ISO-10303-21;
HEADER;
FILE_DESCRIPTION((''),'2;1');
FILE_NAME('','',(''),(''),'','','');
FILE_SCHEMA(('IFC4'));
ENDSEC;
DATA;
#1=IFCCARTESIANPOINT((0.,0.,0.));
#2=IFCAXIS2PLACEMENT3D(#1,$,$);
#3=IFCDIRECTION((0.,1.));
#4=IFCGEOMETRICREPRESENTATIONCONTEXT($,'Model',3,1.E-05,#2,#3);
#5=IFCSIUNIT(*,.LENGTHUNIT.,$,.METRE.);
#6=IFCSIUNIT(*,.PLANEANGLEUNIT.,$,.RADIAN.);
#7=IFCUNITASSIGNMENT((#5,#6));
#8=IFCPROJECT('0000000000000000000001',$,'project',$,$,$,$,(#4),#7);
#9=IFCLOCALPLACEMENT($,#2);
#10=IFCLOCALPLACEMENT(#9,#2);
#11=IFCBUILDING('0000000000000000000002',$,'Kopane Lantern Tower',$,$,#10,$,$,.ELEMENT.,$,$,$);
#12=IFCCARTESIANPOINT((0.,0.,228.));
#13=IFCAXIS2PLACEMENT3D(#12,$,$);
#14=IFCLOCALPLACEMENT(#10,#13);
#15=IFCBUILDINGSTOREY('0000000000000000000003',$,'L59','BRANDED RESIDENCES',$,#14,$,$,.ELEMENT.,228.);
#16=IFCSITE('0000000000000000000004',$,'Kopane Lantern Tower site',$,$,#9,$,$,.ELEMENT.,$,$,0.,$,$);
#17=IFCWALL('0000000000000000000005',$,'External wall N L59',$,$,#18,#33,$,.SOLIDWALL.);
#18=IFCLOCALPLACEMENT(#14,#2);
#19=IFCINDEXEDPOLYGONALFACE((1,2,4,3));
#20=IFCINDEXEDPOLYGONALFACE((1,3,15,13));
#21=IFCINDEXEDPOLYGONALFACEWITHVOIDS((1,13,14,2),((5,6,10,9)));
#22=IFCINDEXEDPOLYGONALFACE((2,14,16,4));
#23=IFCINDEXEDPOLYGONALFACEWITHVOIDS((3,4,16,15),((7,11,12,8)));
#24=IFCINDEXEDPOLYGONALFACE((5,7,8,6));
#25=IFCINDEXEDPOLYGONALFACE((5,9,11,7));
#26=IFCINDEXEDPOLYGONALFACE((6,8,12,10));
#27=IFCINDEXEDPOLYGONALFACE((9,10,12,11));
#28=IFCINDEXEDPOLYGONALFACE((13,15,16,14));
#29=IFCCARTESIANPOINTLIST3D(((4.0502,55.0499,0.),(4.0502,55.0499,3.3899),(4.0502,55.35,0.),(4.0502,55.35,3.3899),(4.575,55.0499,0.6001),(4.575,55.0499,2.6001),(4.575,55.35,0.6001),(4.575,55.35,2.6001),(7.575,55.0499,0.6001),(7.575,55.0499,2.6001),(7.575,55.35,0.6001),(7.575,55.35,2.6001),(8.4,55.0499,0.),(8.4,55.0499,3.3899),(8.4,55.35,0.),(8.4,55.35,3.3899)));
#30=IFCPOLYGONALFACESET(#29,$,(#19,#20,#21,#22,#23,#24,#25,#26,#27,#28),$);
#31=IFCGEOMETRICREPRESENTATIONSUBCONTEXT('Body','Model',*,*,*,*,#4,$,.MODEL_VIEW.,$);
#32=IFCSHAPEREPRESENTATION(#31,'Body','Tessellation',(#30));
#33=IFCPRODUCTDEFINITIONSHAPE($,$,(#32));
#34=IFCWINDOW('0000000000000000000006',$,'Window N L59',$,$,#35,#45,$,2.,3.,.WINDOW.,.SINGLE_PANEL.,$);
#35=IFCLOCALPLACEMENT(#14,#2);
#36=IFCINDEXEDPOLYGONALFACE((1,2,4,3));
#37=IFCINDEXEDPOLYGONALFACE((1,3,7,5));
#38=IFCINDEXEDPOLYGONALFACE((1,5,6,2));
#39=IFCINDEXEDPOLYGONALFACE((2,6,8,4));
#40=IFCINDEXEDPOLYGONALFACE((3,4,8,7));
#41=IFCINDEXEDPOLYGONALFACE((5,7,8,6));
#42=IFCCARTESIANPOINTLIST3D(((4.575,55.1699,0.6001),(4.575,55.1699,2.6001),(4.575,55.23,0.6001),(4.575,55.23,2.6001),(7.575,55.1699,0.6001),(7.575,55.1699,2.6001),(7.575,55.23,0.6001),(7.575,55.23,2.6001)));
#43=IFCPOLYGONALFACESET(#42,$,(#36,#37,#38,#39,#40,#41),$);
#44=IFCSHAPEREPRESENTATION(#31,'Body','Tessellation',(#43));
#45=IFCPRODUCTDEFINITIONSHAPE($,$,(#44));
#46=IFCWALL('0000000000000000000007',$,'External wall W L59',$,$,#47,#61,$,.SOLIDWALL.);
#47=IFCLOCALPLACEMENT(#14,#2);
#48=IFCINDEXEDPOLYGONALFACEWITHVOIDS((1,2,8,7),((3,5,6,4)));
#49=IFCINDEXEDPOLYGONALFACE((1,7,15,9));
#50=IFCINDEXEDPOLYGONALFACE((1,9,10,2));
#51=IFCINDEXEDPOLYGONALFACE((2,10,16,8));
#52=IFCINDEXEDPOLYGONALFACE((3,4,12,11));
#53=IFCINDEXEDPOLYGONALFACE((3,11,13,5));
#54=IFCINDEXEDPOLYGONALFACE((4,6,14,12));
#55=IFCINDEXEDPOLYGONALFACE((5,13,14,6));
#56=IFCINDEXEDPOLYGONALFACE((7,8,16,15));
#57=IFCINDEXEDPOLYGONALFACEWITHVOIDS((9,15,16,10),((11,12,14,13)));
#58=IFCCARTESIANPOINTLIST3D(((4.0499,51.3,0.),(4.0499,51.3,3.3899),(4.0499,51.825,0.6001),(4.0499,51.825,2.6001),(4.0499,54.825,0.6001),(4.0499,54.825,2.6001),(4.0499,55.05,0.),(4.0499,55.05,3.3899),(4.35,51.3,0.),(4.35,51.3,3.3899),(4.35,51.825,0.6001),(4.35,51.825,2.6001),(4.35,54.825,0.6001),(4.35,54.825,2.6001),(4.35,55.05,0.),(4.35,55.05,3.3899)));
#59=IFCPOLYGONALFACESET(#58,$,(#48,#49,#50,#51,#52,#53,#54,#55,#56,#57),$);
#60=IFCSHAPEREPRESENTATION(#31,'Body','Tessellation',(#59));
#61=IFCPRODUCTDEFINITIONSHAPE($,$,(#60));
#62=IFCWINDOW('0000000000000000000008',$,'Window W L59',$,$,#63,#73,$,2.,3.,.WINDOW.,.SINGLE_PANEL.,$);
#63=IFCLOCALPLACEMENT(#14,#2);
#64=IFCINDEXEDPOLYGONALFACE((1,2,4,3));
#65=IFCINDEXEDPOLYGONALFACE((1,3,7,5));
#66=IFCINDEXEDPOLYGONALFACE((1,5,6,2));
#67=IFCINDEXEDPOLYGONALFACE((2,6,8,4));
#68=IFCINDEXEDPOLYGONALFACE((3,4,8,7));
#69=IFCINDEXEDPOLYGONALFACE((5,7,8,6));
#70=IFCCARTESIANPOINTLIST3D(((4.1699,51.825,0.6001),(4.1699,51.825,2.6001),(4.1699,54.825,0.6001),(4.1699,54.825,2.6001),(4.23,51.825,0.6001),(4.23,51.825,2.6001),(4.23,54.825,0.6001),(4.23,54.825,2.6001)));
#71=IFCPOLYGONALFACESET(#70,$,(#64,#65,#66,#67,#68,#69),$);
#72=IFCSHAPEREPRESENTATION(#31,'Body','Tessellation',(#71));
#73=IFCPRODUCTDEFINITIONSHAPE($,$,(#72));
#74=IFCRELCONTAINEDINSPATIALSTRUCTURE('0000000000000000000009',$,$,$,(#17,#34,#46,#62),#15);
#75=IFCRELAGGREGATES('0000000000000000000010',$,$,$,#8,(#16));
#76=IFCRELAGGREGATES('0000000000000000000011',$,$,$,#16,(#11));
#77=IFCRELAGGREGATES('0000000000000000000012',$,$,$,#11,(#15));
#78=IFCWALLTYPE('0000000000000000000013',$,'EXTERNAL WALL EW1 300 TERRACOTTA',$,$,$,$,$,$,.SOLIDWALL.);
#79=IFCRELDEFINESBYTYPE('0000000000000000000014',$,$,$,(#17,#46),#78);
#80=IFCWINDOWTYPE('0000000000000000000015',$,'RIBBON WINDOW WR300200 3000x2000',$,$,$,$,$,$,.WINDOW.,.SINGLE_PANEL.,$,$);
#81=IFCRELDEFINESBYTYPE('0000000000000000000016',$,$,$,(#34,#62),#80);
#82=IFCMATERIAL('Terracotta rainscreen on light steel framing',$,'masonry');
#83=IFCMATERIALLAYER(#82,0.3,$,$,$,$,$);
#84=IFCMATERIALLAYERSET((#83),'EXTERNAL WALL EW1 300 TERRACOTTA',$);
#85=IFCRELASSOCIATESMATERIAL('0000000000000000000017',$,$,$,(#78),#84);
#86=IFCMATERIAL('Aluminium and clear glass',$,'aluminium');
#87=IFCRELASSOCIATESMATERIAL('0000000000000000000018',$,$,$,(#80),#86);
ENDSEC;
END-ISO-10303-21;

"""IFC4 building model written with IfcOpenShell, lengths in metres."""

from ifc_helpers import new_model, si_unit, direction, frame, frame_2d, origin, place, context, subcontext, project, spatial, rectangle, extrude, material, layer, layer_set, type_object, element, fill, save


model = new_model("IFC4")

# Units and contexts
model_context = context("Model", 3, precision=1e-05, world=origin(), true_north=direction((0.0, 1.0)))
body_context = subcontext(model_context, "Body", "Model", "MODEL_VIEW")
ifc_project = project(units=[si_unit("LENGTHUNIT", "METRE"), si_unit("PLANEANGLEUNIT", "RADIAN")], contexts=[model_context])

# Site, building, storey
site_placement = place(None, origin())
site = spatial("IfcSite", under=ifc_project, at=site_placement, Name="Kopane Lantern Tower site", CompositionType="ELEMENT", RefElevation=0.0)
building_placement = place(site_placement, origin())
building = spatial("IfcBuilding", under=site, at=building_placement, Name="Kopane Lantern Tower", CompositionType="ELEMENT")
storey_placement = place(building_placement, frame((0.0, 0.0, 228.0)))
storey = spatial("IfcBuildingStorey", under=building, at=storey_placement, Name="L59", Description="BRANDED RESIDENCES", CompositionType="ELEMENT", Elevation=228.0)

# Walls, openings, windows
ifc_material_1 = material(Name="Terracotta rainscreen on light steel framing", Category="masonry")
ifc_layer_1 = layer(ifc_material_1, 0.3)
ifc_layer_set_1 = layer_set([ifc_layer_1], Name="EXTERNAL WALL EW1 300 TERRACOTTA")
wall_type_1 = type_object("IfcWallType", Name="EXTERNAL WALL EW1 300 TERRACOTTA", PredefinedType="SOLIDWALL", material=ifc_layer_set_1)
ifc_material_2 = material(Name="Aluminium and clear glass", Category="aluminium")
window_type = type_object("IfcWindowType", Name="RIBBON WINDOW WR300200 3000x2000", PartitioningType="SINGLE_PANEL", PredefinedType="WINDOW", material=ifc_material_2)
wall_1_placement = place(storey_placement, frame((8.3999, 55.2, 0.0), z_axis=(0.0, 0.0, 1.0), x_axis=(-1.0, 0.0, 0.0)))
wall_1 = element("IfcWall", 1, at=wall_1_placement, inside=storey, type_object=wall_type_1, Name="External wall N L59", PredefinedType="SOLIDWALL", context=body_context, shape_type="SweptSolid", body=[
    extrude(rectangle(XDim=4.3499, YDim=0.3, at=frame_2d((2.1748, 0.0))), origin(), (0.0, 0.0, 1.0), 3.3899),
])
opening_1_placement = place(wall_1_placement, frame((0.825, 0.0, 0.6001)))
opening_1 = element("IfcOpeningElement", 2, at=opening_1_placement, cuts=wall_1, PredefinedType="OPENING", context=body_context, shape_type="SweptSolid", body=[
    extrude(rectangle(XDim=3.0, YDim=2.0, at=frame_2d((1.5, 1.0))), frame((0.0, 0.1599, 0.0), z_axis=(0.0, -1.0, 0.0), x_axis=(1.0, 0.0, 0.0)), (0.0, 0.0, 1.0), 0.3201),
])
window_1_placement = place(opening_1_placement, origin())
window_1 = element("IfcWindow", 3, at=window_1_placement, inside=storey, type_object=window_type, Name="Window N L59", OverallHeight=2.0, OverallWidth=3.0, PartitioningType="SINGLE_PANEL", PredefinedType="WINDOW", context=body_context, shape_type="SweptSolid", body=[
    extrude(rectangle(XDim=3.0, YDim=2.0, at=frame_2d((1.5, 1.0))), frame((0.0, 0.03, 0.0), z_axis=(0.0, -1.0, 0.0), x_axis=(1.0, 0.0, 0.0)), (0.0, 0.0, 1.0), 0.0601),
])
fill(opening_1, window_1)
wall_2_placement = place(storey_placement, frame((4.2, 55.05, 0.0), z_axis=(0.0, 0.0, 1.0), x_axis=(0.0, -1.0, 0.0)))
wall_2 = element("IfcWall", 4, at=wall_2_placement, inside=storey, type_object=wall_type_1, Name="External wall W L59", PredefinedType="SOLIDWALL", context=body_context, shape_type="SweptSolid", body=[
    extrude(rectangle(XDim=3.75, YDim=0.3, at=frame_2d((1.875, 0.0))), origin(), (0.0, 0.0, 1.0), 3.3899),
])
opening_2_placement = place(wall_2_placement, frame((0.2251, 0.0, 0.6001)))
opening_2 = element("IfcOpeningElement", 5, at=opening_2_placement, cuts=wall_2, PredefinedType="OPENING", context=body_context, shape_type="SweptSolid", body=[
    extrude(rectangle(XDim=3.0, YDim=2.0, at=frame_2d((1.5, 1.0))), frame((0.0, 0.1599, 0.0), z_axis=(0.0, -1.0, 0.0), x_axis=(1.0, 0.0, 0.0)), (0.0, 0.0, 1.0), 0.3201),
])
window_2_placement = place(opening_2_placement, origin())
window_2 = element("IfcWindow", 6, at=window_2_placement, inside=storey, type_object=window_type, Name="Window W L59", OverallHeight=2.0, OverallWidth=3.0, PartitioningType="SINGLE_PANEL", PredefinedType="WINDOW", context=body_context, shape_type="SweptSolid", body=[
    extrude(rectangle(XDim=3.0, YDim=2.0, at=frame_2d((1.5, 1.0))), frame((0.0, 0.03, 0.0), z_axis=(0.0, -1.0, 0.0), x_axis=(1.0, 0.0, 0.0)), (0.0, 0.0, 1.0), 0.0601),
])
fill(opening_2, window_2)

save(model, "model.ifc")
